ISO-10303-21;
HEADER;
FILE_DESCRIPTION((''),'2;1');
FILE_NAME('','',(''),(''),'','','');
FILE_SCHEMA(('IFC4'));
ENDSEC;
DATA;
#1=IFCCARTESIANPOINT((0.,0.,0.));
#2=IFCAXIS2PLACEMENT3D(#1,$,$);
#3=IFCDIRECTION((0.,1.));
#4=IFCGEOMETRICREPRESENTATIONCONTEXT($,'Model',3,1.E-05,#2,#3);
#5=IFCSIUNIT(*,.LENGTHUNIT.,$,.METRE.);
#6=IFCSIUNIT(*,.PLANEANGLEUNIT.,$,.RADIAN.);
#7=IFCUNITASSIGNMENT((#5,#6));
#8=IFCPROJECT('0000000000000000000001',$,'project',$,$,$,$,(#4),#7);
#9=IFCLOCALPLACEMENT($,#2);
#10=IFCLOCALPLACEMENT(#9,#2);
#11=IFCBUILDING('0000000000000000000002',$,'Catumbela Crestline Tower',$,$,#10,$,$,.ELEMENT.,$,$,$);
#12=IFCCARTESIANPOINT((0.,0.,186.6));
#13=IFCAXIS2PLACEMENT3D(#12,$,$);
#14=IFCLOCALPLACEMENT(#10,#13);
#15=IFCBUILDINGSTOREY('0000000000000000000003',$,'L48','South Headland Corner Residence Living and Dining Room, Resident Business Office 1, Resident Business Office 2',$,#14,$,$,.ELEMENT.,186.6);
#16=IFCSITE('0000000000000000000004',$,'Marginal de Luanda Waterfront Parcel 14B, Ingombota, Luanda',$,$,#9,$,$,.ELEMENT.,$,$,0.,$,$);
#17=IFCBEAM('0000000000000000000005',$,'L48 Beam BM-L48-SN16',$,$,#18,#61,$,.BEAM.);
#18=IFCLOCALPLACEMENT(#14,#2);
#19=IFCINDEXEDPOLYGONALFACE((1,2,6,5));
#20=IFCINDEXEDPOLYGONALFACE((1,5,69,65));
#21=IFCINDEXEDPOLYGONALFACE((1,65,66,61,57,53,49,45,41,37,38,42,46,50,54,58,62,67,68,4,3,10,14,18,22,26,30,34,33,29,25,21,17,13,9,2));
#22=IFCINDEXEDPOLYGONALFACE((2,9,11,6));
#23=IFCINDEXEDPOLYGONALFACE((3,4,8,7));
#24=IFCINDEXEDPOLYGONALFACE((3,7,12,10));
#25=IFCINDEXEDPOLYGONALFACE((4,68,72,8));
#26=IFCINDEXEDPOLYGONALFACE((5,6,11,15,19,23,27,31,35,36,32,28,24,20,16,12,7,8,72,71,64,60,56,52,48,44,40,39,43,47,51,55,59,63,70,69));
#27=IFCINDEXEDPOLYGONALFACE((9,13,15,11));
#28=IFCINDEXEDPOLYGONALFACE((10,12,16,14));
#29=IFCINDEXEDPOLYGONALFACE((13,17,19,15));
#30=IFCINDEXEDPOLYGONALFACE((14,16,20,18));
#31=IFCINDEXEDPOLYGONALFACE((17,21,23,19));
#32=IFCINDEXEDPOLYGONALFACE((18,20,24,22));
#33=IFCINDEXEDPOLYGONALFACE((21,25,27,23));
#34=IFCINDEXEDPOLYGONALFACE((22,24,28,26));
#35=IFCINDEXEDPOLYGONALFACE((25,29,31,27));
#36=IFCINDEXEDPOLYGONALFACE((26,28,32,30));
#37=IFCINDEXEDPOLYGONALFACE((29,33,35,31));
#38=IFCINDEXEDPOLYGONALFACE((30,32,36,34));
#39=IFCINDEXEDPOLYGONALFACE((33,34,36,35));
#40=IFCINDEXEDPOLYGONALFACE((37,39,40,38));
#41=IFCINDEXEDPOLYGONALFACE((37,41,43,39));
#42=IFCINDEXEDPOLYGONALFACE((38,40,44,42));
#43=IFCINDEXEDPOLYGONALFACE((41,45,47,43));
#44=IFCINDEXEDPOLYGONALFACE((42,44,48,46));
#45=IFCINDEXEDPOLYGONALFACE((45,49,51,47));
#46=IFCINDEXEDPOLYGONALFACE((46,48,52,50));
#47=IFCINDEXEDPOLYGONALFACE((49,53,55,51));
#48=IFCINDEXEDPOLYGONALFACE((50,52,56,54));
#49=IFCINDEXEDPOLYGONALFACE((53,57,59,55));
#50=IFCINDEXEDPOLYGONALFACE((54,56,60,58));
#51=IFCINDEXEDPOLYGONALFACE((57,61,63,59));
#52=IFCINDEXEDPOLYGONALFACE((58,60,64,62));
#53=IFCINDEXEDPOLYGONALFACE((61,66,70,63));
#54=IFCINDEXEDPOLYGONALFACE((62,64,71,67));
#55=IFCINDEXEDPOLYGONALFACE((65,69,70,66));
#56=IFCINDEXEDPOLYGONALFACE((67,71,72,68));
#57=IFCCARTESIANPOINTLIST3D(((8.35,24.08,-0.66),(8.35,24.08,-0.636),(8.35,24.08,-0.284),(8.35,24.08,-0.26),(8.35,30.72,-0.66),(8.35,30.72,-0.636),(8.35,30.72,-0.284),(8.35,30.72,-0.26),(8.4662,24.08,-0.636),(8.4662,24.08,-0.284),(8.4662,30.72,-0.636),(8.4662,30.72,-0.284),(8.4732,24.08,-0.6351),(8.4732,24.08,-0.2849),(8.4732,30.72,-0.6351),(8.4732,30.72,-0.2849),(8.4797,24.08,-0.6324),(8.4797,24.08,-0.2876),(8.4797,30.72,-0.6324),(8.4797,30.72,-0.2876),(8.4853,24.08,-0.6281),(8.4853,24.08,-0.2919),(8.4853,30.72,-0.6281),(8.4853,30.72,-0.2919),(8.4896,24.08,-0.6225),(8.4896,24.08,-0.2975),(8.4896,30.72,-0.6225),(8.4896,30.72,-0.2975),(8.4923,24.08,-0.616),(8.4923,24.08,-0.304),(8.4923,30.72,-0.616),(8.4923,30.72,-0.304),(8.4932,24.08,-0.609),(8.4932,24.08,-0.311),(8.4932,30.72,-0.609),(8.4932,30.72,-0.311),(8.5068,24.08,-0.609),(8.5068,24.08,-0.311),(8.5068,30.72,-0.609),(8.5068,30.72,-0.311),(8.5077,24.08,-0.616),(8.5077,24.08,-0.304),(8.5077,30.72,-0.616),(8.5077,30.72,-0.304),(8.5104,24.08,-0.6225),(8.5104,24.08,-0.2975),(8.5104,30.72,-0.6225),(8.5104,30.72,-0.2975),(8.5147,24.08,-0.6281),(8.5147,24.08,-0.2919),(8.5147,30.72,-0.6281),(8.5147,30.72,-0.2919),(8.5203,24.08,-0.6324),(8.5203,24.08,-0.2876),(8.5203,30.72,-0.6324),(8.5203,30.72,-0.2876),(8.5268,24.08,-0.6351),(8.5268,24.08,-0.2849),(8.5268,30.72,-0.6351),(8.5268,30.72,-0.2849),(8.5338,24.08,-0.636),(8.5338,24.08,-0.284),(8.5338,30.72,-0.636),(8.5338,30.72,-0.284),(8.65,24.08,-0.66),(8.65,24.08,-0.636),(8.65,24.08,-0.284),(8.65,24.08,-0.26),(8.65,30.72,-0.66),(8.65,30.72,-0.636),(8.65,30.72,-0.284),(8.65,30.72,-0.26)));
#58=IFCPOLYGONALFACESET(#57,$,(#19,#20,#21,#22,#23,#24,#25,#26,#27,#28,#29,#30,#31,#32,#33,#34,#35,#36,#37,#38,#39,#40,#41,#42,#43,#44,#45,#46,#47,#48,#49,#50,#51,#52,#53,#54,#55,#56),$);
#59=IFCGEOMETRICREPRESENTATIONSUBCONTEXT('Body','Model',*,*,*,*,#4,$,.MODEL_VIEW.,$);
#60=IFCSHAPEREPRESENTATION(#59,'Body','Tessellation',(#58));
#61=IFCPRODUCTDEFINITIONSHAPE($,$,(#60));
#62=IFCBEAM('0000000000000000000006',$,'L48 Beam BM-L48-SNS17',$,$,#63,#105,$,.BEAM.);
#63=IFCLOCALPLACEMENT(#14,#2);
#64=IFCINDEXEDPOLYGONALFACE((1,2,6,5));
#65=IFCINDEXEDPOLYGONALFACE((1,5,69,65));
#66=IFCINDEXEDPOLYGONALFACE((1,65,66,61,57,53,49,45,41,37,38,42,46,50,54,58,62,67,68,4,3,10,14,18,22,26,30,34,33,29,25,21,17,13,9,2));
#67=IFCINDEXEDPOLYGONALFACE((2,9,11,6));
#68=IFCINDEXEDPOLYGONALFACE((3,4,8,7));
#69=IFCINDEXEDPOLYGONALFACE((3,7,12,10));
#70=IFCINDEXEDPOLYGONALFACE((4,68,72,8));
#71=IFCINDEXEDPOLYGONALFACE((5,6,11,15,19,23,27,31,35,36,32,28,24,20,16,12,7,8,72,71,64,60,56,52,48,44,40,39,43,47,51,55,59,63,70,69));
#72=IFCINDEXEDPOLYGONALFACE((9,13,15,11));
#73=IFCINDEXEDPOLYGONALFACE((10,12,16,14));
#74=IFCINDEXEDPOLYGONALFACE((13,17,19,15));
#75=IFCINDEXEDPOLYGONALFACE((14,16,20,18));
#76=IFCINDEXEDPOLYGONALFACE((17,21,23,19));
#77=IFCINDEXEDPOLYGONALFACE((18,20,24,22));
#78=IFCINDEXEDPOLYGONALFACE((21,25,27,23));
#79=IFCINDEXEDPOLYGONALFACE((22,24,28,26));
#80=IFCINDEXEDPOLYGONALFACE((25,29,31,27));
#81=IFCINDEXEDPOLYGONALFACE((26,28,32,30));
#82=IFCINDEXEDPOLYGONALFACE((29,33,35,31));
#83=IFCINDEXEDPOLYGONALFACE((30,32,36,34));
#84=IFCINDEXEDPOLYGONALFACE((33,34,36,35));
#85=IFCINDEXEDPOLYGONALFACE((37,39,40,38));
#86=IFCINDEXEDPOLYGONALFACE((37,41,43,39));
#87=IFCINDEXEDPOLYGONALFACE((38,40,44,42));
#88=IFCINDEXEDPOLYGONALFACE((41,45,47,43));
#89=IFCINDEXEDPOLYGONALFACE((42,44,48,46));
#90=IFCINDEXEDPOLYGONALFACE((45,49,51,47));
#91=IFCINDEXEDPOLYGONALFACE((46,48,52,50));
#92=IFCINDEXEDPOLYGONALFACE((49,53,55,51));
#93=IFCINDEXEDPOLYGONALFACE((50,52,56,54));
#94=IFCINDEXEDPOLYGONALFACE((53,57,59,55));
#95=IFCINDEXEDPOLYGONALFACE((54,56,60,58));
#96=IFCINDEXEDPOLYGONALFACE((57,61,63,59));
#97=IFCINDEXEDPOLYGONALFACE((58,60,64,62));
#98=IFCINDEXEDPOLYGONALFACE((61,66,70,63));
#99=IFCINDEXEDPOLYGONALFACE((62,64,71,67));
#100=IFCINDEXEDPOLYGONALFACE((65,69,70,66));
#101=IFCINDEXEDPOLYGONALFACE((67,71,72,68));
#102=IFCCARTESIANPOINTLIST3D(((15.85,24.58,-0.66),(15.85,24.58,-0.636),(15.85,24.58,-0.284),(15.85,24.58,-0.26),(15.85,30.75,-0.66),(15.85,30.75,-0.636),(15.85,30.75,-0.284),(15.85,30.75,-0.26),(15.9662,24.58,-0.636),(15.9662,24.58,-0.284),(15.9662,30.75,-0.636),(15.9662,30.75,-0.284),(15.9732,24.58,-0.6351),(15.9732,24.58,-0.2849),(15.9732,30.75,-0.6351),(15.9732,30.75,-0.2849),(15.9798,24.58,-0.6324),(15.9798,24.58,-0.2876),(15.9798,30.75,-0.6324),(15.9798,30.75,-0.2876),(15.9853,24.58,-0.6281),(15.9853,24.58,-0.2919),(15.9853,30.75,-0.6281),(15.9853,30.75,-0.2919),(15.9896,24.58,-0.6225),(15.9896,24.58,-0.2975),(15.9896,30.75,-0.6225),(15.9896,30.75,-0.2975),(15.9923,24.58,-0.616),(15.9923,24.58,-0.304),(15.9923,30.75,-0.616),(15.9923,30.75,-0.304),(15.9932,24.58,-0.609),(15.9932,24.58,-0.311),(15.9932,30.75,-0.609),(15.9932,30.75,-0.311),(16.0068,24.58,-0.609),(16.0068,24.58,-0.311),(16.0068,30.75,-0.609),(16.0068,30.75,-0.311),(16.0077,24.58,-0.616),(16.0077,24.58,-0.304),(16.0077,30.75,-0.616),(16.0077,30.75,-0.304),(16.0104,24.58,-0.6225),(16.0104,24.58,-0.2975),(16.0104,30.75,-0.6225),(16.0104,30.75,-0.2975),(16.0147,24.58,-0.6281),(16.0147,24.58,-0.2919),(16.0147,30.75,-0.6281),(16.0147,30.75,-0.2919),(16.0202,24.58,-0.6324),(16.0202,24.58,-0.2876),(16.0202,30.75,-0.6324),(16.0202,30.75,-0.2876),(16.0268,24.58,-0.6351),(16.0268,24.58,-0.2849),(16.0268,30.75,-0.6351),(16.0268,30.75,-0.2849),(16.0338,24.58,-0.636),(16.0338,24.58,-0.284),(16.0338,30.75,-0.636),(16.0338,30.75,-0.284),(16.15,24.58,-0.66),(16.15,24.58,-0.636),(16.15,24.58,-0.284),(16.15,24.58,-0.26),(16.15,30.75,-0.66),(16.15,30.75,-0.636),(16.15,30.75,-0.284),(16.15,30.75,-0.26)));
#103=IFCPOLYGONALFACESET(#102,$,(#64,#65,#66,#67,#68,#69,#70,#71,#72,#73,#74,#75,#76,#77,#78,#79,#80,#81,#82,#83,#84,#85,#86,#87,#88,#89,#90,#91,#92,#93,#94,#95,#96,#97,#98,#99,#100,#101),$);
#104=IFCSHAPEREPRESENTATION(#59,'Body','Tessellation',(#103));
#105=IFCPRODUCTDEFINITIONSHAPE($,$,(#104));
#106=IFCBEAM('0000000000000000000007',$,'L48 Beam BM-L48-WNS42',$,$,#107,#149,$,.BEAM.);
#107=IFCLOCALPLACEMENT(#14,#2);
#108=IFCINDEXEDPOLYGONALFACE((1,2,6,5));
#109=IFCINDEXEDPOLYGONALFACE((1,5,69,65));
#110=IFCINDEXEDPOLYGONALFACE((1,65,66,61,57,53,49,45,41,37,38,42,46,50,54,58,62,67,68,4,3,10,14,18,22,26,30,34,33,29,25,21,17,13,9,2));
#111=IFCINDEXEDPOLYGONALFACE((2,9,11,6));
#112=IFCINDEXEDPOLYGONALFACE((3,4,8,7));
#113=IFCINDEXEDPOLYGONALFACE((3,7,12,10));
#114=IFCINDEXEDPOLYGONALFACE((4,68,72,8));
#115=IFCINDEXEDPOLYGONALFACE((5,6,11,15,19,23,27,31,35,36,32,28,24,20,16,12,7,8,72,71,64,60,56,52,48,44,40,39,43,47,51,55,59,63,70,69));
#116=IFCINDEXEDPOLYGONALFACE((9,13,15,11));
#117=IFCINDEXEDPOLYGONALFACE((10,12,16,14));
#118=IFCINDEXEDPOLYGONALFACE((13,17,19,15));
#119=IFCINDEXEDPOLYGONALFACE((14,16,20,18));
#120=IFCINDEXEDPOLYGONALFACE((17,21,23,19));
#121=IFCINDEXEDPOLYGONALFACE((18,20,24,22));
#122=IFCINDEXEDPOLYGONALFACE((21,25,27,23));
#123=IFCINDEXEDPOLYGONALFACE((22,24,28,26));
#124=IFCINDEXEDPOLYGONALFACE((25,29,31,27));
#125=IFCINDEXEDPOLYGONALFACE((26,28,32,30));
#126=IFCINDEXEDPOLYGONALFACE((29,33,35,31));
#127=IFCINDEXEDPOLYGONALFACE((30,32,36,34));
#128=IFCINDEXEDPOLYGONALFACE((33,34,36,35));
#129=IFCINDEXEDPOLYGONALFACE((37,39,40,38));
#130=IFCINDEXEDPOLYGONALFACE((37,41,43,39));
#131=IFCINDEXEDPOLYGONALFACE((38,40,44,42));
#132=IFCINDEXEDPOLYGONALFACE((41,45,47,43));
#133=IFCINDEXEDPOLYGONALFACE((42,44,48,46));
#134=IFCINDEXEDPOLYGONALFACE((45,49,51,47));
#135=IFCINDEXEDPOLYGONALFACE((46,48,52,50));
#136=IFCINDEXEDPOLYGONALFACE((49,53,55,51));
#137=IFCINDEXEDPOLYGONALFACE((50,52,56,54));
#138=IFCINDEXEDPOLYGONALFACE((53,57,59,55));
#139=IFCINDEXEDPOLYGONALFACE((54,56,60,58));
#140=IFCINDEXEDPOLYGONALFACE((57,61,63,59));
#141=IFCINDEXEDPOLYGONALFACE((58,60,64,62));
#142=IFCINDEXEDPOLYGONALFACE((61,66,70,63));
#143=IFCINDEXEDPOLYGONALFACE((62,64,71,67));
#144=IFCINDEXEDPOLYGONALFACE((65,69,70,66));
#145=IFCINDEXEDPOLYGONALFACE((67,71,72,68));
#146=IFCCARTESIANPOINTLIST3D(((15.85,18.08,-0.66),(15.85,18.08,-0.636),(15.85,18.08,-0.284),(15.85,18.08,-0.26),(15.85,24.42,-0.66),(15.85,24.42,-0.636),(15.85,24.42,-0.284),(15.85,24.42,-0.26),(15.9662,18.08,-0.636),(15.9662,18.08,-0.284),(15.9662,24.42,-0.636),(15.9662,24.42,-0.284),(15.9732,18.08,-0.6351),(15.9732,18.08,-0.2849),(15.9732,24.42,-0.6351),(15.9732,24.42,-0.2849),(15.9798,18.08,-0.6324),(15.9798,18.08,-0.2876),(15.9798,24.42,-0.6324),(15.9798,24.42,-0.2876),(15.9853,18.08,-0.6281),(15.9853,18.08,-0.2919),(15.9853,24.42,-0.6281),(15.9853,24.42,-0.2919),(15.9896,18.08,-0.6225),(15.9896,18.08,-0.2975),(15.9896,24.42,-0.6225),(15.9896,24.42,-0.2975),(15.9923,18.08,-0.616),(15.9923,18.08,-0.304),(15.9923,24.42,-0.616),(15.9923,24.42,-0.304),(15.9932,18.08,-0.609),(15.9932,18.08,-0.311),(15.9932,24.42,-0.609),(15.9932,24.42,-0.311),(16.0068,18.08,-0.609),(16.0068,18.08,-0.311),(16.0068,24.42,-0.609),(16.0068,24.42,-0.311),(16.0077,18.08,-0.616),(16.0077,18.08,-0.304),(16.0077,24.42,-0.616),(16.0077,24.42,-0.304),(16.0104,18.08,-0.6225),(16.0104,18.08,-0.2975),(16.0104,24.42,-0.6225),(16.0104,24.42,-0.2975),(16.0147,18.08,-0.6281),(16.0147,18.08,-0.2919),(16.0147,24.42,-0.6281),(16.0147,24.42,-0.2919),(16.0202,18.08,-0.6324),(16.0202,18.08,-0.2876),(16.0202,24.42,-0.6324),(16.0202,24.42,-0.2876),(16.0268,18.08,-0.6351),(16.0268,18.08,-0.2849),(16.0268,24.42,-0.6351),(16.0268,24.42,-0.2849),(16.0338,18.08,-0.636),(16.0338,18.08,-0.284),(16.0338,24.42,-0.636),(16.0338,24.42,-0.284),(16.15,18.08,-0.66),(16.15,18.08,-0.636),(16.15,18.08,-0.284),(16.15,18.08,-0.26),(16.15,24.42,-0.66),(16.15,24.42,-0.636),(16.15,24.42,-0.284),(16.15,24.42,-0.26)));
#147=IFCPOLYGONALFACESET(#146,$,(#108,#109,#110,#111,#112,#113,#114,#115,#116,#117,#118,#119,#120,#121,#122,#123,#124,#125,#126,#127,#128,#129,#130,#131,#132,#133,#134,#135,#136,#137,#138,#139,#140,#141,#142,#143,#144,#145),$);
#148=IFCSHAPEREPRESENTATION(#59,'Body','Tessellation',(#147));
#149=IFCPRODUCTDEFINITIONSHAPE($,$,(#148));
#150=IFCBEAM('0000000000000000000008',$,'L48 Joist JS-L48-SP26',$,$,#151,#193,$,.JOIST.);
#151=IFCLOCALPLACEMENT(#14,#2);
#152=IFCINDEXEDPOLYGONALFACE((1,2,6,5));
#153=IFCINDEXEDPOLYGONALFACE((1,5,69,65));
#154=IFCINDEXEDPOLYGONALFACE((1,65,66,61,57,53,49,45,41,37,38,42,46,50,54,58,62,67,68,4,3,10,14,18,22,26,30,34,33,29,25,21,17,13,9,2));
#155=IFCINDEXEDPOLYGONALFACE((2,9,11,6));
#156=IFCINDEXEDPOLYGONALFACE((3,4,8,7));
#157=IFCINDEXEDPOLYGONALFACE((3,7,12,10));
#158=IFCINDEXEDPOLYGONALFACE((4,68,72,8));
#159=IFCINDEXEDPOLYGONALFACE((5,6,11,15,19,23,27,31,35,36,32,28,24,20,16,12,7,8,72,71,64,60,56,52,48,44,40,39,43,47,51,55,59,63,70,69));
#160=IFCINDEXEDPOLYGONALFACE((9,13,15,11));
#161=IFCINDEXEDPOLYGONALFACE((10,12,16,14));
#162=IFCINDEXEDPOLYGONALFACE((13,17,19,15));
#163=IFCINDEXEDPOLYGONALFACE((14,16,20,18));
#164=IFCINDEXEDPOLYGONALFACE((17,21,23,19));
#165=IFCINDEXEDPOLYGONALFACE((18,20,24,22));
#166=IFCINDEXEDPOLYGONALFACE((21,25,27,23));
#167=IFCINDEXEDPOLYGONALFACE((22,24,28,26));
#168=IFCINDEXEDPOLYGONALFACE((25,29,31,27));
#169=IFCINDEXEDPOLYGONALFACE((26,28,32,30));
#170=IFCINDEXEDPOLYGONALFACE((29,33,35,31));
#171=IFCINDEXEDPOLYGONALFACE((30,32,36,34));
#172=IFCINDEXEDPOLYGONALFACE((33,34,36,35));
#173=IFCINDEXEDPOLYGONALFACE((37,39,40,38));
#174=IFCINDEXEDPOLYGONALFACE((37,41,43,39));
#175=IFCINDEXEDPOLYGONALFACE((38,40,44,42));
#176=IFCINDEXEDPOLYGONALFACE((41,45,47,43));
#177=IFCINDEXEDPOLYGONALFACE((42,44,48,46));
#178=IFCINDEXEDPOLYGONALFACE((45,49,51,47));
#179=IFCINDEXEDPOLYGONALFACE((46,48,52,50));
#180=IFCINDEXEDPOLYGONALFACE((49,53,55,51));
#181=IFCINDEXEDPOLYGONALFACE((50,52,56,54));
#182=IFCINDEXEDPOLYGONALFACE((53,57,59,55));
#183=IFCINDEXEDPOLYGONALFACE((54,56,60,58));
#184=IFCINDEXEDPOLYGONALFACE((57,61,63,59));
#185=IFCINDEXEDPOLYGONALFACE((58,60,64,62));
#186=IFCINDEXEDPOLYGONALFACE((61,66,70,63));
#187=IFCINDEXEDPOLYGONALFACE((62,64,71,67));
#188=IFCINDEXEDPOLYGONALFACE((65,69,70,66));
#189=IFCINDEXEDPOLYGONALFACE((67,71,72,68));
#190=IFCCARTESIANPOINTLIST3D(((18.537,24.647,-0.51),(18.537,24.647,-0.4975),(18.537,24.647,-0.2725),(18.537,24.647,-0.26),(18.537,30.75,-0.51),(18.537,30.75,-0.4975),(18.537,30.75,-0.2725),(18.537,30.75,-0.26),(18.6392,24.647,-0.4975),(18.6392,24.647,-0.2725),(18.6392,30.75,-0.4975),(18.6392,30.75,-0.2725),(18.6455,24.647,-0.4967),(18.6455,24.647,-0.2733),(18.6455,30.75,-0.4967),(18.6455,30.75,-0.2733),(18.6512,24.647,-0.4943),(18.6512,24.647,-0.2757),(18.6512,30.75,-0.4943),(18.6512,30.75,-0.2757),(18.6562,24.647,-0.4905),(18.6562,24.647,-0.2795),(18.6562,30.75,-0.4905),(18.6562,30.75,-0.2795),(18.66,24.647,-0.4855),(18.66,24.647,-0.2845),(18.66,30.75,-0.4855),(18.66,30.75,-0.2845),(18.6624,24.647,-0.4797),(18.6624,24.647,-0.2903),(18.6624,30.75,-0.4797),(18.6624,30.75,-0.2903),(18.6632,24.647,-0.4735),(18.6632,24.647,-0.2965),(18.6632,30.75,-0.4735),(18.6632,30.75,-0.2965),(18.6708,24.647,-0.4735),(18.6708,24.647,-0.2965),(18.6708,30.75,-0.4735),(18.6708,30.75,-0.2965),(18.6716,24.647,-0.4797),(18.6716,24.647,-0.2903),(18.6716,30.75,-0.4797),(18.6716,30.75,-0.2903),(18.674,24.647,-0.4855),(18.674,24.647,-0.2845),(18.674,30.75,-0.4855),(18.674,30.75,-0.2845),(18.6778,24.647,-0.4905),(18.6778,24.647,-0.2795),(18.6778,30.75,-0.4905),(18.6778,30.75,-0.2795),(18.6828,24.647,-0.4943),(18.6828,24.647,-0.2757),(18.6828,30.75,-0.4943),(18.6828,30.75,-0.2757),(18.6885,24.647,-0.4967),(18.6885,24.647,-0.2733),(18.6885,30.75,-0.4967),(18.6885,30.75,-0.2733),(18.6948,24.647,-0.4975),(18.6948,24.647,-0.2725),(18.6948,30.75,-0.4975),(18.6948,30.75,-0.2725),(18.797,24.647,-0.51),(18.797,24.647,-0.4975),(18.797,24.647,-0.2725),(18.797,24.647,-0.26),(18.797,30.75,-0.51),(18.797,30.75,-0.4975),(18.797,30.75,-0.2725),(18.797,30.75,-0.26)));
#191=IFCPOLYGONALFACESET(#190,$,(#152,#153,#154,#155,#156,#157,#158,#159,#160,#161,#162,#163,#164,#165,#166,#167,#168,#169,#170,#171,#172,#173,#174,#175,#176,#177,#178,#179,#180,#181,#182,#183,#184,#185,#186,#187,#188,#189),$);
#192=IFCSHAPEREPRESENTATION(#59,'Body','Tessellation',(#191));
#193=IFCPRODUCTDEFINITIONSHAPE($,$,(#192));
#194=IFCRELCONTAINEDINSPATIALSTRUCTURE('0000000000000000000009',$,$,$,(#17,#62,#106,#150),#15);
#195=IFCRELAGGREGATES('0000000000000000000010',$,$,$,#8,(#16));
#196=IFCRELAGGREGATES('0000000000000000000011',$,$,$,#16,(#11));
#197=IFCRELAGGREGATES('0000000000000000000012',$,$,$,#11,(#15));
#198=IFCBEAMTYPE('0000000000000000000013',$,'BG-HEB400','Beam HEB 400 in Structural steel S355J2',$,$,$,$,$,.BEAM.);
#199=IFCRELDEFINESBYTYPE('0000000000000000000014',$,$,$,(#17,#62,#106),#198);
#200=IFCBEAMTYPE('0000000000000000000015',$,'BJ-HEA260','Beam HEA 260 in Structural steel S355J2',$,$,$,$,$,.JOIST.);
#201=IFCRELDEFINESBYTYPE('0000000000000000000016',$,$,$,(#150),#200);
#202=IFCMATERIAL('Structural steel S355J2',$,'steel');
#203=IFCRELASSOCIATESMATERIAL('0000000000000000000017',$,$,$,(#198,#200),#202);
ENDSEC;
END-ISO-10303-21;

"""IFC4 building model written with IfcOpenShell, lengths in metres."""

from ifc_helpers import new_model, si_unit, direction, frame, origin, origin_2d, place, context, subcontext, project, spatial, i_section, extrude, material, material_profile, profile_set, type_object, element, save


model = new_model("IFC4")

# Units and contexts
model_context = context("Model", 3, precision=1e-05, world=origin(), true_north=direction((0.0, 1.0)))
body_context = subcontext(model_context, "Body", "Model", "MODEL_VIEW")
ifc_project = project(units=[si_unit("LENGTHUNIT", "METRE"), si_unit("PLANEANGLEUNIT", "RADIAN")], contexts=[model_context])

# Site, building, storey
site_placement = place(None, origin())
site = spatial("IfcSite", under=ifc_project, at=site_placement, Name="Marginal de Luanda Waterfront Parcel 14B, Ingombota, Luanda", CompositionType="ELEMENT", RefElevation=0.0)
building_placement = place(site_placement, origin())
building = spatial("IfcBuilding", under=site, at=building_placement, Name="Catumbela Crestline Tower", CompositionType="ELEMENT")
storey_placement = place(building_placement, frame((0.0, 0.0, 186.6)))
storey = spatial("IfcBuildingStorey", under=building, at=storey_placement, Name="L48", Description="South Headland Corner Residence Living and Dining Room, Resident Business Office 1, Resident Business Office 2", CompositionType="ELEMENT", Elevation=186.6)

# Beams
ifc_material_1 = material(Name="Structural steel S355J2", Category="steel")
ifc_material_profile_1 = material_profile(ifc_material_1, i_section(OverallWidth=0.3, OverallDepth=0.4, WebThickness=0.0135, FlangeThickness=0.024, FilletRadius=0.027, at=origin_2d()), Name="HEB 400")
ifc_profile_set_1 = profile_set([ifc_material_profile_1], Name="Structural steel S355J2")
beam_type_1 = type_object("IfcBeamType", Name="BG-HEB400", Description="Beam HEB 400 in Structural steel S355J2", PredefinedType="BEAM", material=ifc_profile_set_1)
beam_1_placement = place(storey_placement, frame((8.5, 24.08, -0.46), z_axis=(0.0, 1.0, 0.0), x_axis=(-1.0, 0.0, 0.0)))
element("IfcBeam", 1, at=beam_1_placement, inside=storey, type_object=beam_type_1, Name="L48 Beam BM-L48-SN16", PredefinedType="BEAM", context=body_context, shape_type="SweptSolid", body=[
    extrude(i_section(OverallWidth=0.3, OverallDepth=0.4, WebThickness=0.0135, FlangeThickness=0.024, FilletRadius=0.027, at=origin_2d()), origin(), (0.0, 0.0, 1.0), 6.64),
])
beam_2_placement = place(storey_placement, frame((16.0, 24.58, -0.46), z_axis=(0.0, 1.0, 0.0), x_axis=(-1.0, 0.0, 0.0)))
element("IfcBeam", 2, at=beam_2_placement, inside=storey, type_object=beam_type_1, Name="L48 Beam BM-L48-SNS17", PredefinedType="BEAM", context=body_context, shape_type="SweptSolid", body=[
    extrude(i_section(OverallWidth=0.3, OverallDepth=0.4, WebThickness=0.0135, FlangeThickness=0.024, FilletRadius=0.027, at=origin_2d()), origin(), (0.0, 0.0, 1.0), 6.17),
])
beam_3_placement = place(storey_placement, frame((16.0, 18.08, -0.46), z_axis=(0.0, 1.0, 0.0), x_axis=(-1.0, 0.0, 0.0)))
element("IfcBeam", 3, at=beam_3_placement, inside=storey, type_object=beam_type_1, Name="L48 Beam BM-L48-WNS42", PredefinedType="BEAM", context=body_context, shape_type="SweptSolid", body=[
    extrude(i_section(OverallWidth=0.3, OverallDepth=0.4, WebThickness=0.0135, FlangeThickness=0.024, FilletRadius=0.027, at=origin_2d()), origin(), (0.0, 0.0, 1.0), 6.34),
])
ifc_material_profile_2 = material_profile(ifc_material_1, i_section(OverallWidth=0.26, OverallDepth=0.25, WebThickness=0.0075, FlangeThickness=0.0125, FilletRadius=0.024, at=origin_2d()), Name="HEA 260")
ifc_profile_set_2 = profile_set([ifc_material_profile_2], Name="Structural steel S355J2")
beam_type_2 = type_object("IfcBeamType", Name="BJ-HEA260", Description="Beam HEA 260 in Structural steel S355J2", PredefinedType="JOIST", material=ifc_profile_set_2)
beam_4_placement = place(storey_placement, frame((18.667, 24.647, -0.385), z_axis=(0.0, 1.0, 0.0), x_axis=(-1.0, 0.0, 0.0)))
element("IfcBeam", 4, at=beam_4_placement, inside=storey, type_object=beam_type_2, Name="L48 Joist JS-L48-SP26", PredefinedType="JOIST", context=body_context, shape_type="SweptSolid", body=[
    extrude(i_section(OverallWidth=0.26, OverallDepth=0.25, WebThickness=0.0075, FlangeThickness=0.0125, FilletRadius=0.024, at=origin_2d()), origin(), (0.0, 0.0, 1.0), 6.103),
])

save(model, "model.ifc")
